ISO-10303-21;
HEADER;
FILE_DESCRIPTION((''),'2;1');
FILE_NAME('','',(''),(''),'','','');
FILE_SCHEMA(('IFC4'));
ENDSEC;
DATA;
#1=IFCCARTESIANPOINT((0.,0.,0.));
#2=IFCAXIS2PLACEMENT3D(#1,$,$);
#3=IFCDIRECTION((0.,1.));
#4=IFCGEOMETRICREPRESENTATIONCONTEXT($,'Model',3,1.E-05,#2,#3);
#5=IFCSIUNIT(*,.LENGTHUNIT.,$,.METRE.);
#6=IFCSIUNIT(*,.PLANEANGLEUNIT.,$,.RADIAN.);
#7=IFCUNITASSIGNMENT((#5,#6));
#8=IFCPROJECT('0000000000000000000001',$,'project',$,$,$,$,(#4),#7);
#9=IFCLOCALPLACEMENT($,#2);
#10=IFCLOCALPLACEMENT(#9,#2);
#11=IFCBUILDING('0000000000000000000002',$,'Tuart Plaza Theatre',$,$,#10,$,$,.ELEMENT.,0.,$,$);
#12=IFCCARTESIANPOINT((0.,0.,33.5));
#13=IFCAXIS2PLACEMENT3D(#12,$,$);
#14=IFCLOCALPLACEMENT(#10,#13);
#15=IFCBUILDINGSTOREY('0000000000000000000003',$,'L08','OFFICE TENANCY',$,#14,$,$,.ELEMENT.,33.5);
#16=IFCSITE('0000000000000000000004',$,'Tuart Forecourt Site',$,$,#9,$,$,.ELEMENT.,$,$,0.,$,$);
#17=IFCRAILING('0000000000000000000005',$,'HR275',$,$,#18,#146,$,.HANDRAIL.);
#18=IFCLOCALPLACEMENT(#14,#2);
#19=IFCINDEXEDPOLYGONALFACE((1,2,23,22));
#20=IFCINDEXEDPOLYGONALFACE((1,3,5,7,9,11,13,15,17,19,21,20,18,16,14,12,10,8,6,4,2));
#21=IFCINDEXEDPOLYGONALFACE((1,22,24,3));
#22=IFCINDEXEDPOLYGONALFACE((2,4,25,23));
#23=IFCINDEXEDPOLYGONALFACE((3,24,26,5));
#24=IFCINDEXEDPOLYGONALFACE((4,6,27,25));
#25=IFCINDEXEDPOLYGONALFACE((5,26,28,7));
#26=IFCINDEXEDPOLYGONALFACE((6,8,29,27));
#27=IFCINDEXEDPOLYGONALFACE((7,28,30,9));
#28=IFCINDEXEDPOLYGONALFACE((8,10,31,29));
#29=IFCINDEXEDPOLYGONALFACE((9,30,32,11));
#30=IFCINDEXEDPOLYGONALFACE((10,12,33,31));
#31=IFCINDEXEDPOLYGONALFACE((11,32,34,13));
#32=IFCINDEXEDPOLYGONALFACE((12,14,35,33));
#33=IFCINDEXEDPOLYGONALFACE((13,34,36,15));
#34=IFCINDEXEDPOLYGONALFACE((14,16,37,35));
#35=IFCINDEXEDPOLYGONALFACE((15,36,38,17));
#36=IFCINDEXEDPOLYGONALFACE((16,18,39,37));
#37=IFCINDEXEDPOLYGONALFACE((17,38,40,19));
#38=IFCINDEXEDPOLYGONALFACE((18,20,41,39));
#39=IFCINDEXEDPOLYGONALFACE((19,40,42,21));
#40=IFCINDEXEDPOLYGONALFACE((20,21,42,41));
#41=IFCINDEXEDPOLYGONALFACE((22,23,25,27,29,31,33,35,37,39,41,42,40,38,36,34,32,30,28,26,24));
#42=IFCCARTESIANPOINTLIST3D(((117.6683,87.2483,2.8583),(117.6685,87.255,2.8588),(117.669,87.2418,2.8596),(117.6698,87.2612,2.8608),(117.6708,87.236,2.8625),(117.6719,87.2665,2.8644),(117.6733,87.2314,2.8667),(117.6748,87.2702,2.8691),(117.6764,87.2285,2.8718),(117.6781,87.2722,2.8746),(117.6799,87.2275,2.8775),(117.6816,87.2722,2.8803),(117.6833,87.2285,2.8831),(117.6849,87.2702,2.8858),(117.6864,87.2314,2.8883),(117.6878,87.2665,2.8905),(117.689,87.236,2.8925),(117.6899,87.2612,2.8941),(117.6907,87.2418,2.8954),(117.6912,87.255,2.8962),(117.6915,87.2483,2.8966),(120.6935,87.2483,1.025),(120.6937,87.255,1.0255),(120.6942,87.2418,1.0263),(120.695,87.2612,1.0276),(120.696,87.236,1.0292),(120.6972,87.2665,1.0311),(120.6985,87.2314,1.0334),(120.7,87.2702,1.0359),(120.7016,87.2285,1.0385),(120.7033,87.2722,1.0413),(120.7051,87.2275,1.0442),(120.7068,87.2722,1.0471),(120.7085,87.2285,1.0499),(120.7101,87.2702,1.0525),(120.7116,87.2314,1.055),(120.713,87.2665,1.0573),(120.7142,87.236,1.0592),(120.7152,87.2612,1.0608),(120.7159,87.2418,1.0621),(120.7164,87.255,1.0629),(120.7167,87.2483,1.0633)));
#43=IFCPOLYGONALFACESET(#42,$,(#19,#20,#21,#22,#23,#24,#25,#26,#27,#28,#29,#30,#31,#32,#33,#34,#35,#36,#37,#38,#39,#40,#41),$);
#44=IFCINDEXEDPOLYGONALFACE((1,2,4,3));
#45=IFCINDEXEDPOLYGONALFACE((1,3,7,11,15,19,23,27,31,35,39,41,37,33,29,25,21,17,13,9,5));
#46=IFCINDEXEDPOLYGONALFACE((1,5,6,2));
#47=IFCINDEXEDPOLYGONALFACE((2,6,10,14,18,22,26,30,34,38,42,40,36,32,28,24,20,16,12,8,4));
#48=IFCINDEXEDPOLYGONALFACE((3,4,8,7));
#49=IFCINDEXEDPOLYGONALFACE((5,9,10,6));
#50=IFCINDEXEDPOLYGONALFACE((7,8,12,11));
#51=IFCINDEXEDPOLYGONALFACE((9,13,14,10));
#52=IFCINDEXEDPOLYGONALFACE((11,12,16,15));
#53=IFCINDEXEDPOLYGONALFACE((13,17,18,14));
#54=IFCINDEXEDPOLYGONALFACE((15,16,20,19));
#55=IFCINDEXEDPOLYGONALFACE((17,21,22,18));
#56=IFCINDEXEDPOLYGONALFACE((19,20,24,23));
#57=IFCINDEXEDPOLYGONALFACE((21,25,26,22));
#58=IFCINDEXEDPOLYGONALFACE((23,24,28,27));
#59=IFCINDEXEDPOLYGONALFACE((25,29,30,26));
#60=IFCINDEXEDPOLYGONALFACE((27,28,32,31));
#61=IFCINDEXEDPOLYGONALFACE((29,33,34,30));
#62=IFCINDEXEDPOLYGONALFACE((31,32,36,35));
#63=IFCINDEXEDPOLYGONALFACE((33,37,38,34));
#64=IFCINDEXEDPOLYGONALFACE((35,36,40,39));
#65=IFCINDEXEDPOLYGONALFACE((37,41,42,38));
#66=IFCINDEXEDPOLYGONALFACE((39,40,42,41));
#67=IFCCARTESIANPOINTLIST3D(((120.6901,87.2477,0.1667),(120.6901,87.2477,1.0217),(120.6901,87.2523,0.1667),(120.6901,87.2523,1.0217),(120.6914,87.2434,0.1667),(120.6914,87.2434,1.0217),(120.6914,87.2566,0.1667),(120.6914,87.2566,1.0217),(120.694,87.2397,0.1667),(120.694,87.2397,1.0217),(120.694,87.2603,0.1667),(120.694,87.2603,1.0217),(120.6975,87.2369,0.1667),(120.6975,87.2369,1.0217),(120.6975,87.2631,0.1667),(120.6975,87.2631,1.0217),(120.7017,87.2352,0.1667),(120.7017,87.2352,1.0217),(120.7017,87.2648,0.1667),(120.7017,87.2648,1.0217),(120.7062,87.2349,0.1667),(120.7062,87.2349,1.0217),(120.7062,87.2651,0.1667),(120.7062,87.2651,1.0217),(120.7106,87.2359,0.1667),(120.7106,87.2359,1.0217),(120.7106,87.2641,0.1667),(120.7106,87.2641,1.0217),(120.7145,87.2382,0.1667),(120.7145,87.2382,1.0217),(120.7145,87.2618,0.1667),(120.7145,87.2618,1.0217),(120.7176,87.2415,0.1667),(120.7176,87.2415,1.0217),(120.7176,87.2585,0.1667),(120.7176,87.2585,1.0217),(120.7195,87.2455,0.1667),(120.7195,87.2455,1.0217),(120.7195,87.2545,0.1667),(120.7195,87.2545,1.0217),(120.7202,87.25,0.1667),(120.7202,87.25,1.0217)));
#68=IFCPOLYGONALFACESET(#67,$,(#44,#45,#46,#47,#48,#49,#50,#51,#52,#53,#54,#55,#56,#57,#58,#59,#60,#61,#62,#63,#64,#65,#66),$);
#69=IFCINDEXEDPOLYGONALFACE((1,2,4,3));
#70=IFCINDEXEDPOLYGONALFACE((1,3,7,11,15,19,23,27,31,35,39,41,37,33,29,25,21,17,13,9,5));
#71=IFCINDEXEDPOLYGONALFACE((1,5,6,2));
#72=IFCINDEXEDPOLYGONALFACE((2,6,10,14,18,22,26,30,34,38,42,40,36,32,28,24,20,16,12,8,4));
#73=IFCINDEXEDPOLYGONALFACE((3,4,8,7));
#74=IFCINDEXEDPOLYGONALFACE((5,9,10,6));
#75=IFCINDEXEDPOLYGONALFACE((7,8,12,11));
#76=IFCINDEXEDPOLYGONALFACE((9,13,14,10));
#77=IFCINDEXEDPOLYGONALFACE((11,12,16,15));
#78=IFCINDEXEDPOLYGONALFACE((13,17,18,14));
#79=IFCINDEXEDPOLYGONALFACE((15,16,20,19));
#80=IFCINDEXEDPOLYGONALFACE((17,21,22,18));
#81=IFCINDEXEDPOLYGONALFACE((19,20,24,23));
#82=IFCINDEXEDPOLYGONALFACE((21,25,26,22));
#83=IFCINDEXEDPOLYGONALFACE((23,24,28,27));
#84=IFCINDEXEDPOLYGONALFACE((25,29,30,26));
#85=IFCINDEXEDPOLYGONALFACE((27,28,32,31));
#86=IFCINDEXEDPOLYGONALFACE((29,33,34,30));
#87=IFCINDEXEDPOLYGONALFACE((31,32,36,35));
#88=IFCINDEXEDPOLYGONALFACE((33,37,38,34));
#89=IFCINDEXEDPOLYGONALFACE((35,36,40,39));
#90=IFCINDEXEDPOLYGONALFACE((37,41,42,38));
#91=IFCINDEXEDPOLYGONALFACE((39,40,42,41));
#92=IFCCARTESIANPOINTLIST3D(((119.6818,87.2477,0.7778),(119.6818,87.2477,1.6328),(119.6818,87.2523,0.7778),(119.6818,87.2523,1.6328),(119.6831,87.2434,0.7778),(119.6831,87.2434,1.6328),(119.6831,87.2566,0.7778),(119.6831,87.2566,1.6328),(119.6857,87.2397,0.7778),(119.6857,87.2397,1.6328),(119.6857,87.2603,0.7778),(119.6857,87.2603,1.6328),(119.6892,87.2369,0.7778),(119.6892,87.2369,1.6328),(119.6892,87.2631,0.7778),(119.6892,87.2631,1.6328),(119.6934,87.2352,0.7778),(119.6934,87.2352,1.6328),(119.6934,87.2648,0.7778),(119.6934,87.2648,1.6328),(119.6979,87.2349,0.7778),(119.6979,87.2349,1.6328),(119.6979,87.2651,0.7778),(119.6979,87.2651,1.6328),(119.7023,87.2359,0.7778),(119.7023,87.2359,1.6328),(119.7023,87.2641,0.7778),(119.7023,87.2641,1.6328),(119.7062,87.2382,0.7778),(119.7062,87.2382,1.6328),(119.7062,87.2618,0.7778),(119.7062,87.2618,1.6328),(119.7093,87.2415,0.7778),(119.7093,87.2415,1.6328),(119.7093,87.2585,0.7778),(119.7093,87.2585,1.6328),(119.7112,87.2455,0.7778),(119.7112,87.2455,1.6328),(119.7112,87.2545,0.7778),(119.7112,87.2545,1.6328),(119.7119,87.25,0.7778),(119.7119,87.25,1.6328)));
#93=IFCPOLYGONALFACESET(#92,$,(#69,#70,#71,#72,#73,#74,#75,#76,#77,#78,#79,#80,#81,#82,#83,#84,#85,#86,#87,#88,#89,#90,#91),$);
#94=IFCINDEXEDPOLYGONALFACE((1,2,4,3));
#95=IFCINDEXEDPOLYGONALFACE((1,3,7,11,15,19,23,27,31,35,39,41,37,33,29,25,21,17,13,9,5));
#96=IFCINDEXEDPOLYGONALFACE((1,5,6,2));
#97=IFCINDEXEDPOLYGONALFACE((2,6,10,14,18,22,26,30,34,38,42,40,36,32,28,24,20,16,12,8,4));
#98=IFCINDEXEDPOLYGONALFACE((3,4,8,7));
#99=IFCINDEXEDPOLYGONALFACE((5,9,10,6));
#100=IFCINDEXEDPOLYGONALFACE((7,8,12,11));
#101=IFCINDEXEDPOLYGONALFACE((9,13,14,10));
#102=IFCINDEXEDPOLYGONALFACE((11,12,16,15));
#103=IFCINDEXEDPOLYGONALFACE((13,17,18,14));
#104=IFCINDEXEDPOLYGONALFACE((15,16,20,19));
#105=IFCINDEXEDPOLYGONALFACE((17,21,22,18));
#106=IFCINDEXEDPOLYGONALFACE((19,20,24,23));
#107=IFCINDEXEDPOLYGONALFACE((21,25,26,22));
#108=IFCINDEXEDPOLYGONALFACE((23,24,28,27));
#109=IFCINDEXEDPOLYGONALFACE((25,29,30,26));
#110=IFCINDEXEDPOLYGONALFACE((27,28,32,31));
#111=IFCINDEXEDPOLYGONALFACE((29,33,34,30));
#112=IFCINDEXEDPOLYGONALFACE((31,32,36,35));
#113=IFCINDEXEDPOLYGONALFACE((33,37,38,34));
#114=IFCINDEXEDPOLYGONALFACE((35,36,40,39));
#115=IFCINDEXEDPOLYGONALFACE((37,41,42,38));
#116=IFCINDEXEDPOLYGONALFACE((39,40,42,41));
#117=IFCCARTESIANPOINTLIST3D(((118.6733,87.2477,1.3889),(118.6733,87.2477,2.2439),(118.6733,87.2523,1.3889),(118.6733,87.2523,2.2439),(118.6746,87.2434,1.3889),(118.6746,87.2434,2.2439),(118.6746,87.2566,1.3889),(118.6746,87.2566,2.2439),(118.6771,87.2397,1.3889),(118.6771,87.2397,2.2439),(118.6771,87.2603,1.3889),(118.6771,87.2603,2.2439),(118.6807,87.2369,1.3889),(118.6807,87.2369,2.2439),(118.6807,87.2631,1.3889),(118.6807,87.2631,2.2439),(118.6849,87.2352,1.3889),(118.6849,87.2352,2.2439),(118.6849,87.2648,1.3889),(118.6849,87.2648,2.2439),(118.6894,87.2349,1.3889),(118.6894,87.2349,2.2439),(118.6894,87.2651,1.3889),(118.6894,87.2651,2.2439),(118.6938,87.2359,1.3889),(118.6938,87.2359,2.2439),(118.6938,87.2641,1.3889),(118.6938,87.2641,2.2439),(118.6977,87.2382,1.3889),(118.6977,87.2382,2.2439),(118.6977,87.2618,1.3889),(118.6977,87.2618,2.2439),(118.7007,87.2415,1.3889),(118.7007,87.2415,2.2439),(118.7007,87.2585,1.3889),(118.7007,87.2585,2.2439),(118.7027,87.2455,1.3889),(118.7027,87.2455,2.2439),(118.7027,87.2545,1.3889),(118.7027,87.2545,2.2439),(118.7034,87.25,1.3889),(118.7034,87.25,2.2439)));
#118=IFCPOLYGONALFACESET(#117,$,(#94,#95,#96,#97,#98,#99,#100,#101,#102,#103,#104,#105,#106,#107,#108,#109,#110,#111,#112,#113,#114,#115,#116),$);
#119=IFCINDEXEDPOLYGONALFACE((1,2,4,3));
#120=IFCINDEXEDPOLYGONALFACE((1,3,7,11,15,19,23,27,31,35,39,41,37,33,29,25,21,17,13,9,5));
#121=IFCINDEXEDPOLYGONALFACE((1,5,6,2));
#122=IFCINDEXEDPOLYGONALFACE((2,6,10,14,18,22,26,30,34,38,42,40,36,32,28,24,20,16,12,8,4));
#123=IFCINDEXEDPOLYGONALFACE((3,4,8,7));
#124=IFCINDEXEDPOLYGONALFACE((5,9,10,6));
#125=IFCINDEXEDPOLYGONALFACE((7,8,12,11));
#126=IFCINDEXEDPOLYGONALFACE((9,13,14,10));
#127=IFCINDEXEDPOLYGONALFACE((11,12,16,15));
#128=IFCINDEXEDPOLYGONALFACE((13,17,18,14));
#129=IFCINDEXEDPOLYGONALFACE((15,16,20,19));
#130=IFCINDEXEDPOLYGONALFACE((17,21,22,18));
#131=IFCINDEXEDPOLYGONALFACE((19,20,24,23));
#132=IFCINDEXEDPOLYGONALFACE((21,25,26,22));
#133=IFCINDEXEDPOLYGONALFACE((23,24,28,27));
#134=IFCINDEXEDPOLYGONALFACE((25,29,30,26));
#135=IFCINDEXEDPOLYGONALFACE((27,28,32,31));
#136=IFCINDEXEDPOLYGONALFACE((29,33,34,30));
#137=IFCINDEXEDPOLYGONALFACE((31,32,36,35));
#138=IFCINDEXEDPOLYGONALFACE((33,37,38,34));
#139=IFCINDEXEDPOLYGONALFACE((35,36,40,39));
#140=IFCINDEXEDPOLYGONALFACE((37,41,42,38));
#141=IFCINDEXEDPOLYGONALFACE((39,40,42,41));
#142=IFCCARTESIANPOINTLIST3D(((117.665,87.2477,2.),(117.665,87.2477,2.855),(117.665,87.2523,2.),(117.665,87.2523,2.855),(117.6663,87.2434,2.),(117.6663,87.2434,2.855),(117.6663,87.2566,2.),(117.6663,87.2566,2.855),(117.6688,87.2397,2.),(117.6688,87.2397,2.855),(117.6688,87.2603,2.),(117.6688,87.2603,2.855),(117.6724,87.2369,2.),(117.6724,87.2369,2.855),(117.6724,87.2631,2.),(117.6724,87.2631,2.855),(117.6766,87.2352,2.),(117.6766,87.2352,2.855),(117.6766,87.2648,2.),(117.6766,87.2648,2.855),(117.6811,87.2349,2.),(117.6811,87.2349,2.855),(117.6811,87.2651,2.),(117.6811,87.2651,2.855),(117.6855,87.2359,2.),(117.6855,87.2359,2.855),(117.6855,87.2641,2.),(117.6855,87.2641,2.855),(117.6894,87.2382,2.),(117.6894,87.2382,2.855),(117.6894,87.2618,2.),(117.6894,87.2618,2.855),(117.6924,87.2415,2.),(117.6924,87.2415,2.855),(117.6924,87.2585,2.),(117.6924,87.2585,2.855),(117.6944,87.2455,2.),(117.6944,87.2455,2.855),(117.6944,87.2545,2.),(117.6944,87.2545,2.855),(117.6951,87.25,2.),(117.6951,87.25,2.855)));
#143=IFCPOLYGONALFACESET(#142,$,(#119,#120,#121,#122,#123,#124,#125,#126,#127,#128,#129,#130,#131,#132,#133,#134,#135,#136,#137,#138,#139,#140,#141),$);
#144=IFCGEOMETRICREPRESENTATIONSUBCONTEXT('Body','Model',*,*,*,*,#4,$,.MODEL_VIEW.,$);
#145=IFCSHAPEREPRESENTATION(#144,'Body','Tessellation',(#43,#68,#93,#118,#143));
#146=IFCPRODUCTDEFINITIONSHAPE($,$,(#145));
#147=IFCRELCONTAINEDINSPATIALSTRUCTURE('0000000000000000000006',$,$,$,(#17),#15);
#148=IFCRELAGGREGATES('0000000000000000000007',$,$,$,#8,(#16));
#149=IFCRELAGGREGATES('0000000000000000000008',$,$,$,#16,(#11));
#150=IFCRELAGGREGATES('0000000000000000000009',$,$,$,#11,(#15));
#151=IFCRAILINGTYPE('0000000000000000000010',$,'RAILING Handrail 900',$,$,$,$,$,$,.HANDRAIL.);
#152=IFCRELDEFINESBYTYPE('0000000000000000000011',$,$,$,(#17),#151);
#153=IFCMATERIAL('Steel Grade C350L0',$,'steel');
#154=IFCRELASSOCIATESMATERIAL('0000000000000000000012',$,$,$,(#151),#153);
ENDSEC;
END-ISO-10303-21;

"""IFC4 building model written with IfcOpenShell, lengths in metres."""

from ifc_helpers import new_model, si_unit, direction, frame, origin, origin_2d, place, context, subcontext, project, spatial, circle, extrude, material, type_object, element, save


model = new_model("IFC4")

# Units and contexts
model_context = context("Model", 3, precision=1e-05, world=origin(), true_north=direction((0.0, 1.0)))
body_context = subcontext(model_context, "Body", "Model", "MODEL_VIEW")
ifc_project = project(units=[si_unit("LENGTHUNIT", "METRE"), si_unit("PLANEANGLEUNIT", "RADIAN")], contexts=[model_context])

# Site, building, storey
site_placement = place(None, origin())
site = spatial("IfcSite", under=ifc_project, at=site_placement, Name="Tuart Forecourt Site", CompositionType="ELEMENT", RefElevation=0.0)
building_placement = place(site_placement, origin())
building = spatial("IfcBuilding", under=site, at=building_placement, Name="Tuart Plaza Theatre", CompositionType="ELEMENT", ElevationOfRefHeight=0.0)
storey_placement = place(building_placement, frame((0.0, 0.0, 33.5)))
storey = spatial("IfcBuildingStorey", under=building, at=storey_placement, Name="L08", Description="OFFICE TENANCY", CompositionType="ELEMENT", Elevation=33.5)

# Railing
ifc_material_1 = material(Name="Steel Grade C350L0", Category="steel")
railing_type_1 = type_object("IfcRailingType", Name="RAILING Handrail 900", PredefinedType="HANDRAIL", material=ifc_material_1)
for number, where, name in (
    (1, (120.7051, 87.25, 0.1667), "HR275"),
):
    element("IfcRailing", number, at=place(storey_placement, frame(where)), inside=storey, type_object=railing_type_1, Name=name, PredefinedType="HANDRAIL", context=body_context, shape_type="SweptSolid", body=[
        extrude(circle(Radius=0.0225, at=origin_2d()), frame((0.0, 0.0, 0.8774), z_axis=(-0.855219, 0.0, 0.518267), x_axis=(0.0, -1.0, 0.0)), (0.0, 0.0, 1.0), 3.5374),
        extrude(circle(Radius=0.0151, at=origin_2d()), origin(), (0.0, 0.0, 1.0), 0.855),
        extrude(circle(Radius=0.0151, at=origin_2d()), frame((-1.0083, 0.0, 0.6111)), (0.0, 0.0, 1.0), 0.855),
        extrude(circle(Radius=0.0151, at=origin_2d()), frame((-2.0168, 0.0, 1.2222)), (0.0, 0.0, 1.0), 0.855),
        extrude(circle(Radius=0.0151, at=origin_2d()), frame((-3.0251, 0.0, 1.8333)), (0.0, 0.0, 1.0), 0.855),
    ])

save(model, "model.ifc")
